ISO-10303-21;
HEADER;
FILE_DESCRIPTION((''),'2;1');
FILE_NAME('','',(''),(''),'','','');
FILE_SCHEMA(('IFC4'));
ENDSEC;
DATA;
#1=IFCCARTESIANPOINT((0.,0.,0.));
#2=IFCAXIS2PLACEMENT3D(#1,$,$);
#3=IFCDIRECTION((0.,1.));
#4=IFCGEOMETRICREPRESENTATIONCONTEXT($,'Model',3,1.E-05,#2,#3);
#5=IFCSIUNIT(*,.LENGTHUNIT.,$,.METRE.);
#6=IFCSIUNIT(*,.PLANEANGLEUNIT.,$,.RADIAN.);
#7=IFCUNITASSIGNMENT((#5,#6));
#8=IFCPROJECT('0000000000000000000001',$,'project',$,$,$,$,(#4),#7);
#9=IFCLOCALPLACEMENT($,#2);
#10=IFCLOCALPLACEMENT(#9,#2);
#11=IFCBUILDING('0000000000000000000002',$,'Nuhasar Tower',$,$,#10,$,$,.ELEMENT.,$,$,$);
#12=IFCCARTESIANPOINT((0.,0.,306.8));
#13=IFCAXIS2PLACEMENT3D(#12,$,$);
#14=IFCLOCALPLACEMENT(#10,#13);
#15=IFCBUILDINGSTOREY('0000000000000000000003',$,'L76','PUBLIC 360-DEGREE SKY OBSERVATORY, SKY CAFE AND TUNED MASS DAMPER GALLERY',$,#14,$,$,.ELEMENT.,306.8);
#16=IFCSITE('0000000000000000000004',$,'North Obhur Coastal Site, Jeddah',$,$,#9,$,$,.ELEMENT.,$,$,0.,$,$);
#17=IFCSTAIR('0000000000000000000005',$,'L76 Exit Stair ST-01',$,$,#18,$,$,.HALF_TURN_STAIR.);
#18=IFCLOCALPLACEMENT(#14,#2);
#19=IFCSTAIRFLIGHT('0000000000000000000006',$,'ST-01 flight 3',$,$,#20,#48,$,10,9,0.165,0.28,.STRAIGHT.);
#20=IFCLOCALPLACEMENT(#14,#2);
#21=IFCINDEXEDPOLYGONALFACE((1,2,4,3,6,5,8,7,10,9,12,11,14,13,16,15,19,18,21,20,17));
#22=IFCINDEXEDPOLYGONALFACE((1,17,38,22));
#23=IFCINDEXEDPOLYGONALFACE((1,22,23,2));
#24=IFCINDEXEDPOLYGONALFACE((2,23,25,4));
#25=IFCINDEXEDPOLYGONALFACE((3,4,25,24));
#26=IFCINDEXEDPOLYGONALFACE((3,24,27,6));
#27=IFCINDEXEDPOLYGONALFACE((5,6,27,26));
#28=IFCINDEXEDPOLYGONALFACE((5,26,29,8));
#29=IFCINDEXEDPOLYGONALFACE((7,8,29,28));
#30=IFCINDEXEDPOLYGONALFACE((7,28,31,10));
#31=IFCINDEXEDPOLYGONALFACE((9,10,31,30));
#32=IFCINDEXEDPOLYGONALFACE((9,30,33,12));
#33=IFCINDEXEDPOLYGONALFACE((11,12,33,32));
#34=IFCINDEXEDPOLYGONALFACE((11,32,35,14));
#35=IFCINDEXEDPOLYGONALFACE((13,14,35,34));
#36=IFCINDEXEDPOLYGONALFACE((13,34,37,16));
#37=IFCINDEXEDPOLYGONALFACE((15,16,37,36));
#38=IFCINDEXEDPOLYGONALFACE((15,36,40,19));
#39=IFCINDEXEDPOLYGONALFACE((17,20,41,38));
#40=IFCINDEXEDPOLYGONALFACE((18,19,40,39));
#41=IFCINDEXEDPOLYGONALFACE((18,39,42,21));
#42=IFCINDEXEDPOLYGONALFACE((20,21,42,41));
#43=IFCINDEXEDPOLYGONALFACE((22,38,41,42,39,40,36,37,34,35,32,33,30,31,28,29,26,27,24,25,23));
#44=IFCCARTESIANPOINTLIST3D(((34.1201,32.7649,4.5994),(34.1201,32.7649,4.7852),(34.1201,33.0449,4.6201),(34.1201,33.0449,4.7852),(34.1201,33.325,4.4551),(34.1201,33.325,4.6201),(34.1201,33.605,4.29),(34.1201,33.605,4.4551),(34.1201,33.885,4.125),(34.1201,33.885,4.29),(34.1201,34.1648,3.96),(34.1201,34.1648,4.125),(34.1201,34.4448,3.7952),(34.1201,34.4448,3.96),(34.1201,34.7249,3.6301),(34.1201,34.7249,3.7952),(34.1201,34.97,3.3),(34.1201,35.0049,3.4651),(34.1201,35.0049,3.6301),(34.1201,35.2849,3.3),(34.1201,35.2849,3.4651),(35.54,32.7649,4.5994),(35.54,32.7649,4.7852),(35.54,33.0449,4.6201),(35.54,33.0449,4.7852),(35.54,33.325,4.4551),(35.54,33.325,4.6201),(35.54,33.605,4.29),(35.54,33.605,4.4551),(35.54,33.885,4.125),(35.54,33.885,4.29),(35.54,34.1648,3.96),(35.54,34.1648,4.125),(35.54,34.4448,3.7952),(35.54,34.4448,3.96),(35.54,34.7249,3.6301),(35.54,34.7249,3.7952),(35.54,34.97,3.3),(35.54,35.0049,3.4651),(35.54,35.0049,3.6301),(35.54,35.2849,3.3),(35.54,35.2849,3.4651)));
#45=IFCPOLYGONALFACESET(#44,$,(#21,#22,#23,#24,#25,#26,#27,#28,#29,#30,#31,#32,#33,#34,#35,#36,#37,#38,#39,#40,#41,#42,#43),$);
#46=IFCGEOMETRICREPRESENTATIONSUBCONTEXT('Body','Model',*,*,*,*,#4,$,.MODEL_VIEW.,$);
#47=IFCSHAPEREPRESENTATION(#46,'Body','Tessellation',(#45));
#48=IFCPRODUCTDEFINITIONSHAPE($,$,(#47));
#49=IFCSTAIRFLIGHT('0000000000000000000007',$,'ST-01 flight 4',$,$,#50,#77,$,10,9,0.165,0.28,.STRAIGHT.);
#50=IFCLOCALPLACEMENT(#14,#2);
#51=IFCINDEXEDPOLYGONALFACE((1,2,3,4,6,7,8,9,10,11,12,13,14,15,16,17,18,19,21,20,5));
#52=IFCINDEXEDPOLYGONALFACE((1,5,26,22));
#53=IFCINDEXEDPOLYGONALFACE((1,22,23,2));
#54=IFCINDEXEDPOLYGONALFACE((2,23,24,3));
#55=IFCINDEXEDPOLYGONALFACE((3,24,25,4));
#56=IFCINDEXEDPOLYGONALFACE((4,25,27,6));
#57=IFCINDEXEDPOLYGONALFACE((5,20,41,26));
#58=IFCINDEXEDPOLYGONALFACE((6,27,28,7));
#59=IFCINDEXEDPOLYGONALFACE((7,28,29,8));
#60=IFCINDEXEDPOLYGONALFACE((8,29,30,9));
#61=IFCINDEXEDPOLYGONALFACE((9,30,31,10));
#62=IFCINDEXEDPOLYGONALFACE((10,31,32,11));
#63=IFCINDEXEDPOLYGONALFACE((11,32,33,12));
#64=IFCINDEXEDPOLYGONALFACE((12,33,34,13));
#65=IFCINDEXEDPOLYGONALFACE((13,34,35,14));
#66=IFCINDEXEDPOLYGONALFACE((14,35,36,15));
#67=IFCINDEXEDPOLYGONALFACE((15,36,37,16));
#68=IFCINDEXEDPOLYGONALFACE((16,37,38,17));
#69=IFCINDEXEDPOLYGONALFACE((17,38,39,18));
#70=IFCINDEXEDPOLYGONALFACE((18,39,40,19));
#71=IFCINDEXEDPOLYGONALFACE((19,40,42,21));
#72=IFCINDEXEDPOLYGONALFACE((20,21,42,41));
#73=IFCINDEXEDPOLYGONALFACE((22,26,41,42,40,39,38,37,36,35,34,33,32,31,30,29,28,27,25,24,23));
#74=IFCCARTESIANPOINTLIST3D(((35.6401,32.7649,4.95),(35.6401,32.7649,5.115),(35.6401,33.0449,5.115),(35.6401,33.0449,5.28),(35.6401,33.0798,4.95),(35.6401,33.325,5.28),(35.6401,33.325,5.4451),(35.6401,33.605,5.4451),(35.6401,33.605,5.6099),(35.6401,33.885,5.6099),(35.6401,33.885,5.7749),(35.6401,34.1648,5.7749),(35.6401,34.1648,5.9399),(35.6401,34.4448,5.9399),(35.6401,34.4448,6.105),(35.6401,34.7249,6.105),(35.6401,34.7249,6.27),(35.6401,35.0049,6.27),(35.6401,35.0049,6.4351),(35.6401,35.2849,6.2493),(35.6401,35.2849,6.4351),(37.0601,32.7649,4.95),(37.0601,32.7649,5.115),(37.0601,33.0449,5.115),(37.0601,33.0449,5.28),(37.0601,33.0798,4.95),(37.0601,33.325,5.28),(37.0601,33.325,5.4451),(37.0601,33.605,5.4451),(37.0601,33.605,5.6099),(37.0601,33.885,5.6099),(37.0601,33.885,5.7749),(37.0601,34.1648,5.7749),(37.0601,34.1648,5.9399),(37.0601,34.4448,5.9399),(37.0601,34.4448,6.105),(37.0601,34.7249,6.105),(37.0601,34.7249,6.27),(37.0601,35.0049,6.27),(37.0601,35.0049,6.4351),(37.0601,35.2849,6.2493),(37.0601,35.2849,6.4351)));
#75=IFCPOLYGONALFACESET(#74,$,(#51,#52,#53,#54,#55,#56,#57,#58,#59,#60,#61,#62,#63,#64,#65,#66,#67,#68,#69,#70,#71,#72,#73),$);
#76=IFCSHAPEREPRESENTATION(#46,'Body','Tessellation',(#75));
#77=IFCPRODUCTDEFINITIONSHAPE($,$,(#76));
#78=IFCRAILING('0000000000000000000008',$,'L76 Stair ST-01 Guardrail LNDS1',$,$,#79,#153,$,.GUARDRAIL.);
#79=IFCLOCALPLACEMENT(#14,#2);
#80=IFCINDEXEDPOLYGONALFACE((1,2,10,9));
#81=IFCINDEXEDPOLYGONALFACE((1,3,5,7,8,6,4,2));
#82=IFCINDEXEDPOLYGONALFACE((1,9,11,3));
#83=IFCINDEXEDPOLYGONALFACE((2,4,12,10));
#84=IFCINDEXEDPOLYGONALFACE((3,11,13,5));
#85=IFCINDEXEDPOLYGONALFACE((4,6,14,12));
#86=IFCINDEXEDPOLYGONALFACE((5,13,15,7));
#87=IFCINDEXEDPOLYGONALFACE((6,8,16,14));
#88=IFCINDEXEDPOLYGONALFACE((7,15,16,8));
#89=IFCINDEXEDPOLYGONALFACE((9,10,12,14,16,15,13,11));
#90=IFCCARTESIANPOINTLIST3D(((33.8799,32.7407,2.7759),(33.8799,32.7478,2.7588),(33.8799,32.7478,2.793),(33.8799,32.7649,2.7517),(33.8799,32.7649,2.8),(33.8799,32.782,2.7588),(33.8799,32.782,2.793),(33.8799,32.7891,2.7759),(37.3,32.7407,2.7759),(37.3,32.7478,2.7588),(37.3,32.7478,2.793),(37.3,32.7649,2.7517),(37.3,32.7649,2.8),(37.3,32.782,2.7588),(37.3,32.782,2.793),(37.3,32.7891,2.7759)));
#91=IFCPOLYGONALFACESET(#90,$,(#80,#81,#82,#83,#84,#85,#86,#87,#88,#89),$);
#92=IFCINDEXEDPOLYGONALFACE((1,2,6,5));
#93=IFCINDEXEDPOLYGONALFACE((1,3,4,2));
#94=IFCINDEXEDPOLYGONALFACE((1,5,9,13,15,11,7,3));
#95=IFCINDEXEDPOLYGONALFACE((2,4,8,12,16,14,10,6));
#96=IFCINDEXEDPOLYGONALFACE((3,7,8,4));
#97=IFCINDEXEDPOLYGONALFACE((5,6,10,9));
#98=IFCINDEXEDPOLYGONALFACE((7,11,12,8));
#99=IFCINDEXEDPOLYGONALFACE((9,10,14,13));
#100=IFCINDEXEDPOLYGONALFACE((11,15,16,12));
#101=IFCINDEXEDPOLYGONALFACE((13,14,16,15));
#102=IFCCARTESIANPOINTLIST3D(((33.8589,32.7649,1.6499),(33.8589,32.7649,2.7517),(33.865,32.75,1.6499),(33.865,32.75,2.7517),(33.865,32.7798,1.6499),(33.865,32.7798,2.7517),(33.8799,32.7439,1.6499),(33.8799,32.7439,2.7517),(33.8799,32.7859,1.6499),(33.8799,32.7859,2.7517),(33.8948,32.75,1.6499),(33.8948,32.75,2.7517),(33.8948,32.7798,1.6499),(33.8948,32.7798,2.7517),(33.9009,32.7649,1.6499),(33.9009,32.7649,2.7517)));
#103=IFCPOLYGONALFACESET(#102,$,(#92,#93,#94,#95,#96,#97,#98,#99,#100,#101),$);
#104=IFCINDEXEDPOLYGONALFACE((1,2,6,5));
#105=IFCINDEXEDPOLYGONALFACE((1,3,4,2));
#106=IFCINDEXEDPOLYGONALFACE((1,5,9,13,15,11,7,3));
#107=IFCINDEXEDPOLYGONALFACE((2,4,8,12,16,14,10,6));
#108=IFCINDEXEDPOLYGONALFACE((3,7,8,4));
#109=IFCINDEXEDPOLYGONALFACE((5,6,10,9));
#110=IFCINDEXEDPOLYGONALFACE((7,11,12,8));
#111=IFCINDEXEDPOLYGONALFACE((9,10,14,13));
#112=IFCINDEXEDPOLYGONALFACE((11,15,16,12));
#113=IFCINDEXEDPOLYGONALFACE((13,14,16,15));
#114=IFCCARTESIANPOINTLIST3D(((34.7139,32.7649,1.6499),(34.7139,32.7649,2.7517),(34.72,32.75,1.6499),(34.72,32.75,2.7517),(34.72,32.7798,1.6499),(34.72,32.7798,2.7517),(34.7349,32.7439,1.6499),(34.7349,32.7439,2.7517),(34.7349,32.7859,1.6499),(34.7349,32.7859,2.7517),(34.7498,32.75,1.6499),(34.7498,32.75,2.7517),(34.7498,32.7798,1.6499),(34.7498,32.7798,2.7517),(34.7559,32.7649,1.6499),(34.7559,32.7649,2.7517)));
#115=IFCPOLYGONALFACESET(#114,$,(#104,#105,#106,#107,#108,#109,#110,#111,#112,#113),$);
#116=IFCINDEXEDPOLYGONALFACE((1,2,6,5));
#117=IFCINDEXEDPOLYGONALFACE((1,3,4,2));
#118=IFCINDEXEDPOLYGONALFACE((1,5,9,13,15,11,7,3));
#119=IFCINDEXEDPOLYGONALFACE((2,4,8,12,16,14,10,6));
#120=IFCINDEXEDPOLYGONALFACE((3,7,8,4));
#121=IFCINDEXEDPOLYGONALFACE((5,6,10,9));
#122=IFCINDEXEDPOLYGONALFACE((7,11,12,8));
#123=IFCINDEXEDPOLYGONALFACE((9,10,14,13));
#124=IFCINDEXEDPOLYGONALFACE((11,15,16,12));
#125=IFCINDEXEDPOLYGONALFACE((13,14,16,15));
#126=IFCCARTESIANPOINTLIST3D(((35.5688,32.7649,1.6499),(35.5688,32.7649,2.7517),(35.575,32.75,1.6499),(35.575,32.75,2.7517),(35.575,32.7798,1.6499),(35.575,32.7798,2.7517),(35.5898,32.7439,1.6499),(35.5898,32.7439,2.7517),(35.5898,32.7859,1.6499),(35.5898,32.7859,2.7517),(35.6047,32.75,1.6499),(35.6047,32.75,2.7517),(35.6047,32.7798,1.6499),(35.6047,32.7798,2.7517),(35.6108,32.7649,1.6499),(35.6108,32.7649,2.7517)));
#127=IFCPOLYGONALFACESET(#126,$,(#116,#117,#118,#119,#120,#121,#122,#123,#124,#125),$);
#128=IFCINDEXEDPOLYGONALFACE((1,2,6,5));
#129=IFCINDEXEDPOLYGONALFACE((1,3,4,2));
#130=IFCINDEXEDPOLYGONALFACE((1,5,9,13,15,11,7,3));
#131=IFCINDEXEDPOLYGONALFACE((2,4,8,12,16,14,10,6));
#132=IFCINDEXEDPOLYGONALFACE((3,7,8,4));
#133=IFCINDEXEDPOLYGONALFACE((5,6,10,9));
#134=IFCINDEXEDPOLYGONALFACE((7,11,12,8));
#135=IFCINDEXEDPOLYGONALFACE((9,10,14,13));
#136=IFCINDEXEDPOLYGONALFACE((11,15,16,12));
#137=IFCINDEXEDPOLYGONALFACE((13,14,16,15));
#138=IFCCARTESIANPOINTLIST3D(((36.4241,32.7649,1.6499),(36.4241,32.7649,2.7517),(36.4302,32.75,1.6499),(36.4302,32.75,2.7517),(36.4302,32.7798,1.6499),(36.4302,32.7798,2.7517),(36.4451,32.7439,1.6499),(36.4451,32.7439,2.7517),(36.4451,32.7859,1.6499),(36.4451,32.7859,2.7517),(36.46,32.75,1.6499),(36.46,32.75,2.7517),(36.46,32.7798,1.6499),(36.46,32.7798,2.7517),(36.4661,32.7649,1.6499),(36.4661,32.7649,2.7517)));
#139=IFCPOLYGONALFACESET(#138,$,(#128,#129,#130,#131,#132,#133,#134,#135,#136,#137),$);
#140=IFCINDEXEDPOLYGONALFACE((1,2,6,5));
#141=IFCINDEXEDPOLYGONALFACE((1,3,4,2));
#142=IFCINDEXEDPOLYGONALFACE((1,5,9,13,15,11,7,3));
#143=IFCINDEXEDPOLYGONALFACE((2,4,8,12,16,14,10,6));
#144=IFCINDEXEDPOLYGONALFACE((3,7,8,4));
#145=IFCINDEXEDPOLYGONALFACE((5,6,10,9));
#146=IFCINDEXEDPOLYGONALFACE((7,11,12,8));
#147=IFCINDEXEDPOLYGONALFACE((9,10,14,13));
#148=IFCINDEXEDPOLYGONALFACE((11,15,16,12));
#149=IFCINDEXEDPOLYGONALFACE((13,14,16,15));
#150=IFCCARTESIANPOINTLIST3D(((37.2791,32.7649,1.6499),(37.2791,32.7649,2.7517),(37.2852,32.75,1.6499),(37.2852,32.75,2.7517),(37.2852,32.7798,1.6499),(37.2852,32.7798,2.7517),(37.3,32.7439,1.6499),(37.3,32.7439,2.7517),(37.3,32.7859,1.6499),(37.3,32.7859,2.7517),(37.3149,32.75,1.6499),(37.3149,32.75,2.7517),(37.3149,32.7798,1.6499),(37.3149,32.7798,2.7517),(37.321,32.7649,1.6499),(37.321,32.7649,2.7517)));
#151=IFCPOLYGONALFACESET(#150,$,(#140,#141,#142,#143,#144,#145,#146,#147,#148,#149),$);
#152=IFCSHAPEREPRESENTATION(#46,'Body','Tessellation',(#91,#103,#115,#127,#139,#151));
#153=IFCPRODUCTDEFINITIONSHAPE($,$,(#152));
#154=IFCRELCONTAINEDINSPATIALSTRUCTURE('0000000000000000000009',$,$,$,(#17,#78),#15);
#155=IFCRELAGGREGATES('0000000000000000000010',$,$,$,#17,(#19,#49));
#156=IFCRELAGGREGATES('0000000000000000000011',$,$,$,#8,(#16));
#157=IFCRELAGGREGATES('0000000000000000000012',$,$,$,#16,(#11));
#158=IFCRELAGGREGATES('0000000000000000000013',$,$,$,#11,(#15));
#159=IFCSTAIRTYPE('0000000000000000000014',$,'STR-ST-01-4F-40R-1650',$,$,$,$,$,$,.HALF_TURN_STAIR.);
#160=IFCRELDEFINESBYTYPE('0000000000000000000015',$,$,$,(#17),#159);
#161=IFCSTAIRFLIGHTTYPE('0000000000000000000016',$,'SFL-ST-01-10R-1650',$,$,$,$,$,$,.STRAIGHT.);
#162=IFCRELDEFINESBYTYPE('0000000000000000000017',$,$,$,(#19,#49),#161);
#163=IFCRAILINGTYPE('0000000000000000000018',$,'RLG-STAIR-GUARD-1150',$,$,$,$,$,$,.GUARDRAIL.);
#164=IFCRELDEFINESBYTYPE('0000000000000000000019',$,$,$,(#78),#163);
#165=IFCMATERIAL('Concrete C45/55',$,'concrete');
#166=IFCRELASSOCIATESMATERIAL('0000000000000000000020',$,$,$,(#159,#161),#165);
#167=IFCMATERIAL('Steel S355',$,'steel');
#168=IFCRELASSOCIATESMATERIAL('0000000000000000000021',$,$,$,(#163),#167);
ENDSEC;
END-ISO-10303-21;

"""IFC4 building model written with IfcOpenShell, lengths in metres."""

from ifc_helpers import new_model, si_unit, direction, frame, origin, place, context, subcontext, project, spatial, polyline, outline, extrude, material, type_object, element, aggregate, save


model = new_model("IFC4")

# Units and contexts
model_context = context("Model", 3, precision=1e-05, world=origin(), true_north=direction((0.0, 1.0)))
body_context = subcontext(model_context, "Body", "Model", "MODEL_VIEW")
ifc_project = project(units=[si_unit("LENGTHUNIT", "METRE"), si_unit("PLANEANGLEUNIT", "RADIAN")], contexts=[model_context])

# Site, building, storey
site_placement = place(None, origin())
site = spatial("IfcSite", under=ifc_project, at=site_placement, Name="North Obhur Coastal Site, Jeddah", CompositionType="ELEMENT", RefElevation=0.0)
building_placement = place(site_placement, origin())
building = spatial("IfcBuilding", under=site, at=building_placement, Name="Nuhasar Tower", CompositionType="ELEMENT")
storey_placement = place(building_placement, frame((0.0, 0.0, 306.8)))
storey = spatial("IfcBuildingStorey", under=building, at=storey_placement, Name="L76", Description="PUBLIC 360-DEGREE SKY OBSERVATORY, SKY CAFE AND TUNED MASS DAMPER GALLERY", CompositionType="ELEMENT", Elevation=306.8)

# Shared definitions
ifc_material_1 = material(Name="Steel S355", Category="steel")

# Stair, stair flights
ifc_material_2 = material(Name="Concrete C45/55", Category="concrete")
stair_type = type_object("IfcStairType", Name="STR-ST-01-4F-40R-1650", PredefinedType="HALF_TURN_STAIR", material=ifc_material_2)
stair_placement = place(storey_placement, origin())
stair = element("IfcStair", 1, at=stair_placement, inside=storey, type_object=stair_type, Name="L76 Exit Stair ST-01", PredefinedType="HALF_TURN_STAIR")
stair_flight_type = type_object("IfcStairFlightType", Name="SFL-ST-01-10R-1650", PredefinedType="STRAIGHT", material=ifc_material_2)
stair_flight_1_placement = place(storey_placement, frame((34.8301, 35.2849, 3.3), z_axis=(0.0, 0.0, 1.0), x_axis=(0.0, -1.0, 0.0)))
stair_flight_1 = element("IfcStairFlight", 2, at=stair_flight_1_placement, type_object=stair_flight_type, Name="ST-01 flight 3", NumberOfRisers=10, NumberOfTreads=9, PredefinedType="STRAIGHT", RiserHeight=0.165, TreadLength=0.28, context=body_context, shape_type="SweptSolid", body=[
    extrude(outline(polyline([(0.0, 0.0), (0.0, 0.165), (0.28, 0.165), (0.28, 0.3301), (0.5601, 0.3301), (0.5601, 0.4951), (0.8401, 0.4951), (0.8401, 0.6599), (1.1201, 0.6599), (1.1201, 0.825), (1.3999, 0.825), (1.3999, 0.99), (1.6799, 0.99), (1.6799, 1.155), (1.96, 1.155), (1.96, 1.3201), (2.24, 1.3201), (2.24, 1.4851), (2.52, 1.4851), (2.52, 1.6499), (2.52, 1.2993), (0.3149, 0.0), (0.0, 0.0)])), frame((0.0, 0.71, 0.0), z_axis=(0.0, -1.0, 0.0), x_axis=(1.0, 0.0, 0.0)), (0.0, 0.0, 1.0), 1.4199),
])
stair_flight_2_placement = place(storey_placement, frame((36.3501, 32.7649, 4.95), z_axis=(0.0, 0.0, 1.0), x_axis=(0.0, 1.0, 0.0)))
stair_flight_2 = element("IfcStairFlight", 3, at=stair_flight_2_placement, type_object=stair_flight_type, Name="ST-01 flight 4", NumberOfRisers=10, NumberOfTreads=9, PredefinedType="STRAIGHT", RiserHeight=0.165, TreadLength=0.28, context=body_context, shape_type="SweptSolid", body=[
    extrude(outline(polyline([(0.0, 0.0), (0.0, 0.165), (0.28, 0.165), (0.28, 0.3301), (0.5601, 0.3301), (0.5601, 0.4951), (0.8401, 0.4951), (0.8401, 0.6599), (1.1201, 0.6599), (1.1201, 0.825), (1.3999, 0.825), (1.3999, 0.99), (1.6799, 0.99), (1.6799, 1.155), (1.96, 1.155), (1.96, 1.3201), (2.24, 1.3201), (2.24, 1.4851), (2.52, 1.4851), (2.52, 1.6499), (2.52, 1.2993), (0.3149, 0.0), (0.0, 0.0)])), frame((0.0, 0.71, 0.0), z_axis=(0.0, -1.0, 0.0), x_axis=(1.0, 0.0, 0.0)), (0.0, 0.0, 1.0), 1.4199),
])
aggregate(stair, [stair_flight_1, stair_flight_2])

# Railing
railing_type_1 = type_object("IfcRailingType", Name="RLG-STAIR-GUARD-1150", PredefinedType="GUARDRAIL", material=ifc_material_1)
railing_1_placement = place(storey_placement, frame((33.8799, 32.7649, 1.6499)))
element("IfcRailing", 4, at=railing_1_placement, inside=storey, type_object=railing_type_1, Name="L76 Stair ST-01 Guardrail LNDS1", PredefinedType="GUARDRAIL", context=body_context, shape_type="SweptSolid", body=[
    extrude(outline(polyline([(0.0242, 0.0), (0.0171, 0.0171), (0.0, 0.0242), (-0.0171, 0.0171), (-0.0242, 0.0), (-0.0171, -0.0171), (0.0, -0.0242), (0.0171, -0.0171), (0.0242, 0.0)])), frame((0.0, 0.0, 1.126), z_axis=(1.0, 0.0, 0.0), x_axis=(0.0, 1.0, 0.0)), (0.0, 0.0, 1.0), 3.4202),
    extrude(outline(polyline([(0.021, 0.0), (0.0149, 0.0149), (0.0, 0.021), (-0.0149, 0.0149), (-0.021, 0.0), (-0.0149, -0.0149), (0.0, -0.021), (0.0149, -0.0149), (0.021, 0.0)])), origin(), (0.0, 0.0, 1.0), 1.1018),
    extrude(outline(polyline([(0.021, 0.0), (0.0149, 0.0149), (0.0, 0.021), (-0.0149, 0.0149), (-0.021, 0.0), (-0.0149, -0.0149), (0.0, -0.021), (0.0149, -0.0149), (0.021, 0.0)])), frame((0.855, 0.0, 0.0)), (0.0, 0.0, 1.0), 1.1018),
    extrude(outline(polyline([(0.021, 0.0), (0.0149, 0.0149), (0.0, 0.021), (-0.0149, 0.0149), (-0.021, 0.0), (-0.0149, -0.0149), (0.0, -0.021), (0.0149, -0.0149), (0.021, 0.0)])), frame((1.71, 0.0, 0.0)), (0.0, 0.0, 1.0), 1.1018),
    extrude(outline(polyline([(0.021, 0.0), (0.0149, 0.0149), (0.0, 0.021), (-0.0149, 0.0149), (-0.021, 0.0), (-0.0149, -0.0149), (0.0, -0.021), (0.0149, -0.0149), (0.021, 0.0)])), frame((2.5652, 0.0, 0.0)), (0.0, 0.0, 1.0), 1.1018),
    extrude(outline(polyline([(0.021, 0.0), (0.0149, 0.0149), (0.0, 0.021), (-0.0149, 0.0149), (-0.021, 0.0), (-0.0149, -0.0149), (0.0, -0.021), (0.0149, -0.0149), (0.021, 0.0)])), frame((3.4202, 0.0, 0.0)), (0.0, 0.0, 1.0), 1.1018),
])

save(model, "model.ifc")
